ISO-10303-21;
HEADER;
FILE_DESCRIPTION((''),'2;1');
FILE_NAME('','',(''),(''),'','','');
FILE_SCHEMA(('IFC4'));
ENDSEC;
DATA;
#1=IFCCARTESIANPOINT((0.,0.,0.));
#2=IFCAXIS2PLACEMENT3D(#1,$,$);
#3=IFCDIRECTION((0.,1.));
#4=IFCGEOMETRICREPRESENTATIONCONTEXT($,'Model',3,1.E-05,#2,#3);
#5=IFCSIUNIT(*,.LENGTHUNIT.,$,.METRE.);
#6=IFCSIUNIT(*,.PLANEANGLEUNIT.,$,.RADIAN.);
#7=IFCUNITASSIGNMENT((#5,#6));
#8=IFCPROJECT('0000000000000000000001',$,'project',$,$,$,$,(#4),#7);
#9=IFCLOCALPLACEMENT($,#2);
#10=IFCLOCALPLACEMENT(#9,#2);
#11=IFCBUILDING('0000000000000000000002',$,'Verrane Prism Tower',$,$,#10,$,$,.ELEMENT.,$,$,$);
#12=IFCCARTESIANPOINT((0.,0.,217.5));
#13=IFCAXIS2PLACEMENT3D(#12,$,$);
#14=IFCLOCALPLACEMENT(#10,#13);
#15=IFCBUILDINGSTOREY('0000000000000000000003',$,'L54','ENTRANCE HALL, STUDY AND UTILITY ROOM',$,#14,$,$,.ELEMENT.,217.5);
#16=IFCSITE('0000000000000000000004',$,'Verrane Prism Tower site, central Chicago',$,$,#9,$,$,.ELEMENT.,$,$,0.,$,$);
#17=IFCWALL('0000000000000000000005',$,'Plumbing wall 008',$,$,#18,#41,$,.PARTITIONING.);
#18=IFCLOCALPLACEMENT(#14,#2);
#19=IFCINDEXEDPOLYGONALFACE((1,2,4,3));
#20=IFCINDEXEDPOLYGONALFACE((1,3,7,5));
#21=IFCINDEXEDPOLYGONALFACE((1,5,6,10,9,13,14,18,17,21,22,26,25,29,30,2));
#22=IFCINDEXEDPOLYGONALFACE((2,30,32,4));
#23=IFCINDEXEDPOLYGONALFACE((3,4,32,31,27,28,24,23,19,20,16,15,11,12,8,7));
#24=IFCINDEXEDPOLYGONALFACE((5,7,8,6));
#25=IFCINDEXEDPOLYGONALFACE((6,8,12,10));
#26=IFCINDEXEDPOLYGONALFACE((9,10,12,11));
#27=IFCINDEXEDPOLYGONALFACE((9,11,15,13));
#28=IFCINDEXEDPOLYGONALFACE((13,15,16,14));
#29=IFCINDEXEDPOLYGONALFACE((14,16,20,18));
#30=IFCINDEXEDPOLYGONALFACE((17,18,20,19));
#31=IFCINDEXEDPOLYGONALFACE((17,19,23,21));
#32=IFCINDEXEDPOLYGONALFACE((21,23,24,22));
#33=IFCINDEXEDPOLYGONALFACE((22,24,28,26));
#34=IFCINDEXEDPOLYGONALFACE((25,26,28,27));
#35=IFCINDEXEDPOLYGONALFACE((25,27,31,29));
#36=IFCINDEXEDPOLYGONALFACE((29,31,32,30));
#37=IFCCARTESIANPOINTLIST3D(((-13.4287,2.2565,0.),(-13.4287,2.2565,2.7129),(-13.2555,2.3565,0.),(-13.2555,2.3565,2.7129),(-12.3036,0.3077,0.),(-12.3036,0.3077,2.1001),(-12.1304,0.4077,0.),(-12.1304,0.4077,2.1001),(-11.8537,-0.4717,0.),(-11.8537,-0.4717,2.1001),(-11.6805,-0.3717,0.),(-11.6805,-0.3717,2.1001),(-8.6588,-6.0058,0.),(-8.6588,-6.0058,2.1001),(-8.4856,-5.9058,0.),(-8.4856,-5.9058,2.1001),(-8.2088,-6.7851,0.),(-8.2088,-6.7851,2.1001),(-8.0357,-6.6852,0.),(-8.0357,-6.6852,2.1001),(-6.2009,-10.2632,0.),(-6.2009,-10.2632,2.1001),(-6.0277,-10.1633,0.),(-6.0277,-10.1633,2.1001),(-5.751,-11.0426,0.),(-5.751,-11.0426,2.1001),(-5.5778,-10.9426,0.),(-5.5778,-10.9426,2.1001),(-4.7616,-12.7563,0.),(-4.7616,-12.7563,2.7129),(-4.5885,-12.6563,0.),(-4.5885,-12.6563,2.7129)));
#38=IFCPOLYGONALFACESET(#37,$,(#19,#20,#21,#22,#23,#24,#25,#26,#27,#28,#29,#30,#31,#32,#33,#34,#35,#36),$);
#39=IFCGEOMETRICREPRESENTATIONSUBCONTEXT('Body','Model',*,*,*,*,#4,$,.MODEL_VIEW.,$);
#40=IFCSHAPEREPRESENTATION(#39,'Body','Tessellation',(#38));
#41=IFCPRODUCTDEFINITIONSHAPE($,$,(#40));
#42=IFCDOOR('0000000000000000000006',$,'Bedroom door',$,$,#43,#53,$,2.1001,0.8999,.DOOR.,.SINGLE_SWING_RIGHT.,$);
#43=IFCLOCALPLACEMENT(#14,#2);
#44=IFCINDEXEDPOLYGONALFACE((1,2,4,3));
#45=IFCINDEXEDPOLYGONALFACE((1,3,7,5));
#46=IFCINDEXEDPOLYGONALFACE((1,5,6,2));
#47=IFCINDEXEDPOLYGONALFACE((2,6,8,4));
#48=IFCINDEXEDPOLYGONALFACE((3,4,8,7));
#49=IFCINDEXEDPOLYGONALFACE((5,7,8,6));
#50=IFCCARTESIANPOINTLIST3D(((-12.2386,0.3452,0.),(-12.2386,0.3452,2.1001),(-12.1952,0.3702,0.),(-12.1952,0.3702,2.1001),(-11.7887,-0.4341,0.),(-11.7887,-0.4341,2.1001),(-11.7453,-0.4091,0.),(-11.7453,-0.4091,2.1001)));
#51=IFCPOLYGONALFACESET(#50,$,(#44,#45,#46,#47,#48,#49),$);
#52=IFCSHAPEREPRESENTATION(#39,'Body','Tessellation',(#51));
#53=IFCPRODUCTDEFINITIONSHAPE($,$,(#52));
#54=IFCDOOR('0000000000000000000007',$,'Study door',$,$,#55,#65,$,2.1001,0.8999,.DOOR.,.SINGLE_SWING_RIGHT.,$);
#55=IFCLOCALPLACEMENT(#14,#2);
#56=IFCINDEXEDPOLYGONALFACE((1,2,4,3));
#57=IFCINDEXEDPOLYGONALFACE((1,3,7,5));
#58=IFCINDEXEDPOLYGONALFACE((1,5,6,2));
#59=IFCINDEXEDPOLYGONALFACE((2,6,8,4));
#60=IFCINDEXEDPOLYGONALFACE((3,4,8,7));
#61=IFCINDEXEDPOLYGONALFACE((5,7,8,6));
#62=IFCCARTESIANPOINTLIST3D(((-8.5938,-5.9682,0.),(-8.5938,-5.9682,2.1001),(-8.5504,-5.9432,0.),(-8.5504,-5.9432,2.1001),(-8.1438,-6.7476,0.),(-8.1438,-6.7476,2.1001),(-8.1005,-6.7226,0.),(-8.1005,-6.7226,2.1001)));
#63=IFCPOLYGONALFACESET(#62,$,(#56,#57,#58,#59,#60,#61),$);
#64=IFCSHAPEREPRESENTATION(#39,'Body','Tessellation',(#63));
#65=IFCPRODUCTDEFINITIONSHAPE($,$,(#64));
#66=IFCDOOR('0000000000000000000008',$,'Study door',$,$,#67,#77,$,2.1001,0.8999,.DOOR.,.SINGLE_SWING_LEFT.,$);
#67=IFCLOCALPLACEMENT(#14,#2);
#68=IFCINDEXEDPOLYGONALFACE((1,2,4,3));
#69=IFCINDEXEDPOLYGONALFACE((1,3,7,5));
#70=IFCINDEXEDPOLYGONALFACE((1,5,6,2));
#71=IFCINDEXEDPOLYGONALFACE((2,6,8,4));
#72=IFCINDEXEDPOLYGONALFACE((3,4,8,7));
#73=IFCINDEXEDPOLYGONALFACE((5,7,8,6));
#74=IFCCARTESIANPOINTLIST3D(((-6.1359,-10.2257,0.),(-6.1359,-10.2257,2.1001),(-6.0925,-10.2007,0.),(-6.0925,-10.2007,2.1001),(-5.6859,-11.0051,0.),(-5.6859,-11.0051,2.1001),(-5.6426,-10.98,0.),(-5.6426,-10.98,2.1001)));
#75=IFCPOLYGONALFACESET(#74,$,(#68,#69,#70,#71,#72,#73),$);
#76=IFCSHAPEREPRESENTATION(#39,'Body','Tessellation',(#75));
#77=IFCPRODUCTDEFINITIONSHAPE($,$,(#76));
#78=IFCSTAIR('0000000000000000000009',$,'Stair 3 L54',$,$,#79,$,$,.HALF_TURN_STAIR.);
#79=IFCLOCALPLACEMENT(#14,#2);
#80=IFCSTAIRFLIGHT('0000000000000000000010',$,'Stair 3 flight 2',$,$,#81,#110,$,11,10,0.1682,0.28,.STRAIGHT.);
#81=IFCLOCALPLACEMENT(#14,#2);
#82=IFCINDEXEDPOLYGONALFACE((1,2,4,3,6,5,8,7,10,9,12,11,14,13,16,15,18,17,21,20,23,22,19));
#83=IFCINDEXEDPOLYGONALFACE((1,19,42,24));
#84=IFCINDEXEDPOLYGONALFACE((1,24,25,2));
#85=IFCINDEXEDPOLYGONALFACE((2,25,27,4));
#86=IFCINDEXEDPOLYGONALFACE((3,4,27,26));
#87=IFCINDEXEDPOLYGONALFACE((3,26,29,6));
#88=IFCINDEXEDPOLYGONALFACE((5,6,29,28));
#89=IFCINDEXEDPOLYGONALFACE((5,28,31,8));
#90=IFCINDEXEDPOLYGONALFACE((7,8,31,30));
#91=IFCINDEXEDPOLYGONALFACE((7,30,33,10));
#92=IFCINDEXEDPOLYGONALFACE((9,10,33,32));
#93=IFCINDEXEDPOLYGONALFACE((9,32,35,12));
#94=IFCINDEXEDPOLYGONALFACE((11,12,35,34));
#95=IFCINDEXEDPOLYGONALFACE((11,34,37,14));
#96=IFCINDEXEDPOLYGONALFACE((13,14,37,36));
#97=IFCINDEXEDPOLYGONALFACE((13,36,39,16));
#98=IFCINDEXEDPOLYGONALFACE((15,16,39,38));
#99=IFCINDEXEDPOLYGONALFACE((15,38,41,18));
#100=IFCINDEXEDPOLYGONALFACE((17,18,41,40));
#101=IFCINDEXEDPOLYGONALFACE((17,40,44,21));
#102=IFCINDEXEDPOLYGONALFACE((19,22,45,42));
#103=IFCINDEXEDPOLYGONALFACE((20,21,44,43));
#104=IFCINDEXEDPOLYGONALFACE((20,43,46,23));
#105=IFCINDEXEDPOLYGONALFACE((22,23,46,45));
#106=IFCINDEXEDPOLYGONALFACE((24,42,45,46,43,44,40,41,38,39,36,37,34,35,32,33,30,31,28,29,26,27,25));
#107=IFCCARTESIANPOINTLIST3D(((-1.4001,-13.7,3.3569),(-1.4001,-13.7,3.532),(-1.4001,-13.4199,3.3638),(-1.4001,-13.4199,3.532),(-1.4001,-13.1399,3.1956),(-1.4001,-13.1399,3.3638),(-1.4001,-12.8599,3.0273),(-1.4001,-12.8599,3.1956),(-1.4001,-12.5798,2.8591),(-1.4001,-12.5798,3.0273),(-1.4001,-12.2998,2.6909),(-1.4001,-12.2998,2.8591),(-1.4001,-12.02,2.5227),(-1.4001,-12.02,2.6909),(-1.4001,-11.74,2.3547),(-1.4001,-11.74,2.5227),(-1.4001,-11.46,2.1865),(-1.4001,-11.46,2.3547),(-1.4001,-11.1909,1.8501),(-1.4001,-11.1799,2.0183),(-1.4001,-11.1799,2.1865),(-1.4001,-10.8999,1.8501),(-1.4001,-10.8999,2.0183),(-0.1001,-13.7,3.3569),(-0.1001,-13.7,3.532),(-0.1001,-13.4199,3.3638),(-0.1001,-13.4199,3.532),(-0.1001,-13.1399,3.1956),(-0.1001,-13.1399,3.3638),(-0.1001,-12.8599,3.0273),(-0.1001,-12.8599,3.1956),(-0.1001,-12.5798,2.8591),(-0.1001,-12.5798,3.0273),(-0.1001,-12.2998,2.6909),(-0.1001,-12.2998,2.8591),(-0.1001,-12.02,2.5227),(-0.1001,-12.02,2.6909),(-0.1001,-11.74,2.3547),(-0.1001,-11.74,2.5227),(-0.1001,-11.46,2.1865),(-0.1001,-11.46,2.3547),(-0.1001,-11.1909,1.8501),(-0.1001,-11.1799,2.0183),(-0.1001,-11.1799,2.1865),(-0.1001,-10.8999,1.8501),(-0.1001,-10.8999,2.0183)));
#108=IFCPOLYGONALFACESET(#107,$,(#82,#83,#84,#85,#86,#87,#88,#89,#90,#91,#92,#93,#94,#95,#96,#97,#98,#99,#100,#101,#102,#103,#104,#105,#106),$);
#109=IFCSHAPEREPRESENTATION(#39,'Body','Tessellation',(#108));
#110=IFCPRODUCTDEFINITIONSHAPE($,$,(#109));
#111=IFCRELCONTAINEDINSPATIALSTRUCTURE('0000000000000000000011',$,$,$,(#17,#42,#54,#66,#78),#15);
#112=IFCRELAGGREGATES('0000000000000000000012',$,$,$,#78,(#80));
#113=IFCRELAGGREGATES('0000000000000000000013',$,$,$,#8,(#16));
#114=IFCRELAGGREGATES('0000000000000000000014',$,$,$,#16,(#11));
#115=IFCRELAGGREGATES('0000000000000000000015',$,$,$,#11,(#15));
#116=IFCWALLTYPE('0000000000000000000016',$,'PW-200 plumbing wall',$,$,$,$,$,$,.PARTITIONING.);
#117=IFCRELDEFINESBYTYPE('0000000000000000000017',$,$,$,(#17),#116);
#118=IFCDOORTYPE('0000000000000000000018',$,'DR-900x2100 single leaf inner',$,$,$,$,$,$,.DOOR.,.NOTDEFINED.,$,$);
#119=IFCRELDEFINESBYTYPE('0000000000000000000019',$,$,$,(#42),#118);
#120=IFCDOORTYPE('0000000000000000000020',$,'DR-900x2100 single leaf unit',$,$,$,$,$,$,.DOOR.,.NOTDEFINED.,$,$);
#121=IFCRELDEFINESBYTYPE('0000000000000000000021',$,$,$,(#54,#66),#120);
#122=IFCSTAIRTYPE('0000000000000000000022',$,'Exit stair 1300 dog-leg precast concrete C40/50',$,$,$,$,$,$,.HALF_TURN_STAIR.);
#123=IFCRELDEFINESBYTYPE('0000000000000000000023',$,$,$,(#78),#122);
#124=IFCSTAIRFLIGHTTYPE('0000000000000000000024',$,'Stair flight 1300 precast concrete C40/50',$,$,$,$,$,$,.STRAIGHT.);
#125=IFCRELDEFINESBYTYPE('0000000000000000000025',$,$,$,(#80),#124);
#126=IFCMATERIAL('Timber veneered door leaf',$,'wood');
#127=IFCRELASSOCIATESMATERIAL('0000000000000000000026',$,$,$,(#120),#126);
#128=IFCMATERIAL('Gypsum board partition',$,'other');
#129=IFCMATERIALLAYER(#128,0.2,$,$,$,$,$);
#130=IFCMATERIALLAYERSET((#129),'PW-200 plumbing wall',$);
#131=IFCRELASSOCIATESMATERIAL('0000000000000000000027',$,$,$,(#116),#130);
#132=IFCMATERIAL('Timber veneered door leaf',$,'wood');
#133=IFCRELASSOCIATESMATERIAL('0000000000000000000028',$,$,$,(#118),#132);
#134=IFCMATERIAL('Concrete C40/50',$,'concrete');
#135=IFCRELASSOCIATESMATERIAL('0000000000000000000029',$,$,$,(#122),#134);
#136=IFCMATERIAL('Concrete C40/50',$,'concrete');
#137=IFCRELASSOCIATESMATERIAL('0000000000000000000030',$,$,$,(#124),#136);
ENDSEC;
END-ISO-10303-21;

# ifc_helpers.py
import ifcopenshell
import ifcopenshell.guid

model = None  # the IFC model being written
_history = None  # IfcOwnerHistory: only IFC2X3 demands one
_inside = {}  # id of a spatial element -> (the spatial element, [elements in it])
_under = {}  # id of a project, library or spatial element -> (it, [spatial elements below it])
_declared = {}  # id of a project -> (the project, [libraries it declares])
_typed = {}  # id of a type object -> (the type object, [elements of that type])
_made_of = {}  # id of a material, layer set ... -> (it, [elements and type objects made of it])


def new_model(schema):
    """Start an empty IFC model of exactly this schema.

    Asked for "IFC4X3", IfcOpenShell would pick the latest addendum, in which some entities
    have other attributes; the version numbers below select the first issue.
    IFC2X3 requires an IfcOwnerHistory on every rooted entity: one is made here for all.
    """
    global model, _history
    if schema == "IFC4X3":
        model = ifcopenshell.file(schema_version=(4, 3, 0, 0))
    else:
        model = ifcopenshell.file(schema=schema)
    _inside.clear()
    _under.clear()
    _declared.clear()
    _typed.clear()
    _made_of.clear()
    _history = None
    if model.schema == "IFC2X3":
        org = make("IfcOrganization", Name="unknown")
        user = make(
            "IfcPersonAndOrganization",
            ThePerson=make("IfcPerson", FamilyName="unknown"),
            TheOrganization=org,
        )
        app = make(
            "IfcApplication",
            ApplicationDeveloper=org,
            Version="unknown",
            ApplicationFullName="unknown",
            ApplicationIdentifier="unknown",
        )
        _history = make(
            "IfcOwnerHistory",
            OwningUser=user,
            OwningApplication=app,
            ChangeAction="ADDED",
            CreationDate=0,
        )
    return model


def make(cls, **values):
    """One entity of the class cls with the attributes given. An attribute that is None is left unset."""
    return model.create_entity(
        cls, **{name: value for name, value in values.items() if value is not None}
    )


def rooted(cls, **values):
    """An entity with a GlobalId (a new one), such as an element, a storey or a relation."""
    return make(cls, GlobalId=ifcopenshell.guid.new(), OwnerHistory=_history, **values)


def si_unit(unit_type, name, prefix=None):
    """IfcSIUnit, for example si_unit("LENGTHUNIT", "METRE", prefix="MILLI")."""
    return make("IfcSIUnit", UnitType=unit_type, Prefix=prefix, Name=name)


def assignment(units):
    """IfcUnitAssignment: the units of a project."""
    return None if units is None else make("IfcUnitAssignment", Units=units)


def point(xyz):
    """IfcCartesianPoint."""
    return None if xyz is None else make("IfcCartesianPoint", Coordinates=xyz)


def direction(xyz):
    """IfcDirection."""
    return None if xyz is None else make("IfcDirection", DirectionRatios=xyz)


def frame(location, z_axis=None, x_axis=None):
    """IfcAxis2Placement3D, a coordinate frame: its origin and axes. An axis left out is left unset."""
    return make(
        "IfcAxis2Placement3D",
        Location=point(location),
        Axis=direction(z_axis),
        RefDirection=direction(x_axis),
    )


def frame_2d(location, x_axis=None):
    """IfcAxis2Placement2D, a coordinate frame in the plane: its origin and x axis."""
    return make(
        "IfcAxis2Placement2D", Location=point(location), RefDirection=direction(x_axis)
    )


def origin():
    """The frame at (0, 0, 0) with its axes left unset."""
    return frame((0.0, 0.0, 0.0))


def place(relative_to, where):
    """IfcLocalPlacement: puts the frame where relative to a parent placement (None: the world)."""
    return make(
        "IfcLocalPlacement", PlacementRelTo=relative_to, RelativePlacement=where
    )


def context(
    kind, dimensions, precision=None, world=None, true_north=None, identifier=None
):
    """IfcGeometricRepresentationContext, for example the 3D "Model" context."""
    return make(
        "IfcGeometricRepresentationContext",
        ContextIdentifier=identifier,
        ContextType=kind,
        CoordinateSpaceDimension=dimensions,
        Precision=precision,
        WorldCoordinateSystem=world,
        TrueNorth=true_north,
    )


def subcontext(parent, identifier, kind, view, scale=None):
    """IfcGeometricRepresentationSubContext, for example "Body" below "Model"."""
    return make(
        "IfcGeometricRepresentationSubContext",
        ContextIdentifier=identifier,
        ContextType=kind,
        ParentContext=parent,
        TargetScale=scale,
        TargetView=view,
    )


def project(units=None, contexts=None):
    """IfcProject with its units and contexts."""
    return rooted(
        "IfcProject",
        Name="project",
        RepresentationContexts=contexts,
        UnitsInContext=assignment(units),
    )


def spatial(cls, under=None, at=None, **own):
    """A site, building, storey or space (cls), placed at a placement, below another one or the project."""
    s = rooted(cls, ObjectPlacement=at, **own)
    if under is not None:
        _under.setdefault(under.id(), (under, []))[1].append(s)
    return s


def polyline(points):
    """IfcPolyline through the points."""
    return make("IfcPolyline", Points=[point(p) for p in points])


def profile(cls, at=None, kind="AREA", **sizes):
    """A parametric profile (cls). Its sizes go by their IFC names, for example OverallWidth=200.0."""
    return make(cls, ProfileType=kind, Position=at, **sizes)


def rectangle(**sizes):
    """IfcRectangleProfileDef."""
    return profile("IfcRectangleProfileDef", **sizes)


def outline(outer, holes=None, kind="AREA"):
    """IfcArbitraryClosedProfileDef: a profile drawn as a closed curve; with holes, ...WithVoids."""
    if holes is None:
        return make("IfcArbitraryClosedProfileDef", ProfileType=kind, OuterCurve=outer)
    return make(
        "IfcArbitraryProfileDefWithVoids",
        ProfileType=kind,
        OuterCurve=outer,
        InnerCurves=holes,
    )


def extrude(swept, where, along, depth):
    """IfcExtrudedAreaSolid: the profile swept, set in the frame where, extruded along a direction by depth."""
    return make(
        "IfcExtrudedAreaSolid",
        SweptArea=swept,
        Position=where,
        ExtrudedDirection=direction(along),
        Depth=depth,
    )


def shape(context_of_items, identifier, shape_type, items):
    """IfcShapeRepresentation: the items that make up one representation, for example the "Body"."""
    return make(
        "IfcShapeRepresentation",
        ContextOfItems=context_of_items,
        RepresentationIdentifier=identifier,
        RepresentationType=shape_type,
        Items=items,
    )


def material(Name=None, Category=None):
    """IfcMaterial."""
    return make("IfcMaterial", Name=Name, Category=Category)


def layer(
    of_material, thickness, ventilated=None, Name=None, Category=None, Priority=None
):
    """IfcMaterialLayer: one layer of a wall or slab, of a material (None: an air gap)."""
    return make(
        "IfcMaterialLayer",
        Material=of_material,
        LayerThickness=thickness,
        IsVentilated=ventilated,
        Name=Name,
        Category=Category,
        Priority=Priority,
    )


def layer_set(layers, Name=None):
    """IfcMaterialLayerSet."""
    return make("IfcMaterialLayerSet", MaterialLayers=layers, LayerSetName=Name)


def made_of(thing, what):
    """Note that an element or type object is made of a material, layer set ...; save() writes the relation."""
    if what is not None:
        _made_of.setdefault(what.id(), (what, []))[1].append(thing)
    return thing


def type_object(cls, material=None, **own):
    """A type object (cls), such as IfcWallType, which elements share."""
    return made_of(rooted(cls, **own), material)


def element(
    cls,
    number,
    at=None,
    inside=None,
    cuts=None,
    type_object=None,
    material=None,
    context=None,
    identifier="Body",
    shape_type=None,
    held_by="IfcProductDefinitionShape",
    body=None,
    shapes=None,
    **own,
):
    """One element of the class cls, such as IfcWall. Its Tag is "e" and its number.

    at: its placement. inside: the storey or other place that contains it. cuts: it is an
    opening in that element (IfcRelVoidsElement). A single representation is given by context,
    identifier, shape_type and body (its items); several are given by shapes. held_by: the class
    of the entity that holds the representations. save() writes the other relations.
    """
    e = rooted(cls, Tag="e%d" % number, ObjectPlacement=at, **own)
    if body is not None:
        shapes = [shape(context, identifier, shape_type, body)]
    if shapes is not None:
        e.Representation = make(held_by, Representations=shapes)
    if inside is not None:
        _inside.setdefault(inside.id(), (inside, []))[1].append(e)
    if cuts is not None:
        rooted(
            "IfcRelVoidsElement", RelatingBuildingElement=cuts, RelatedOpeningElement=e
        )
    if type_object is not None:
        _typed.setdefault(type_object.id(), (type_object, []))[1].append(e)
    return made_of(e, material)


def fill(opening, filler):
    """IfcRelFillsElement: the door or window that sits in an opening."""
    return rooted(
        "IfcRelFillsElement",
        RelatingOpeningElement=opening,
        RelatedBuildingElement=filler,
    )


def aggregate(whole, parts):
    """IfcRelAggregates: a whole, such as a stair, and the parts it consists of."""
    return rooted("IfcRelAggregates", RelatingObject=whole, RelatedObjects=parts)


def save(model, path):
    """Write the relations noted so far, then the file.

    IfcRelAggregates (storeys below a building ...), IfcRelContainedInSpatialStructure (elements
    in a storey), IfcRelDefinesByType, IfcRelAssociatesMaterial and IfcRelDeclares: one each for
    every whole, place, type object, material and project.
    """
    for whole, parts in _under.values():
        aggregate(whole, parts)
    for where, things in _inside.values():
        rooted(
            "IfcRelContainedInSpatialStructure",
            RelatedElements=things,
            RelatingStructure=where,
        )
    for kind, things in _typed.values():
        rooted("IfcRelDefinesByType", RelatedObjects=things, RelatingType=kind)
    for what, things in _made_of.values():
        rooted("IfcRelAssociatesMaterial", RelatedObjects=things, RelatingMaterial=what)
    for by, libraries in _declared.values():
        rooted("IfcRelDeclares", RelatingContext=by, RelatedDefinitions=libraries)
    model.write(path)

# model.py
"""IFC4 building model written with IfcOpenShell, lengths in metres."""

from ifc_helpers import new_model, si_unit, direction, frame, frame_2d, origin, place, context, subcontext, project, spatial, polyline, rectangle, outline, extrude, material, layer, layer_set, type_object, element, fill, aggregate, save


model = new_model("IFC4")

# Units and contexts
model_context = context("Model", 3, precision=1e-05, world=origin(), true_north=direction((0.0, 1.0)))
body_context = subcontext(model_context, "Body", "Model", "MODEL_VIEW")
ifc_project = project(units=[si_unit("LENGTHUNIT", "METRE"), si_unit("PLANEANGLEUNIT", "RADIAN")], contexts=[model_context])

# Site, building, storey
site_placement = place(None, origin())
site = spatial("IfcSite", under=ifc_project, at=site_placement, Name="Verrane Prism Tower site, central Chicago", CompositionType="ELEMENT", RefElevation=0.0)
building_placement = place(site_placement, origin())
building = spatial("IfcBuilding", under=site, at=building_placement, Name="Verrane Prism Tower", CompositionType="ELEMENT")
storey_placement = place(building_placement, frame((0.0, 0.0, 217.5)))
storey = spatial("IfcBuildingStorey", under=building, at=storey_placement, Name="L54", Description="ENTRANCE HALL, STUDY AND UTILITY ROOM", CompositionType="ELEMENT", Elevation=217.5)

# Shared definitions
ifc_material_1 = material(Name="Timber veneered door leaf", Category="wood")
door_type_1 = type_object("IfcDoorType", Name="DR-900x2100 single leaf unit", OperationType="NOTDEFINED", PredefinedType="DOOR", material=ifc_material_1)

# Wall, openings, doors
ifc_material_2 = material(Name="Gypsum board partition", Category="other")
ifc_layer_1 = layer(ifc_material_2, 0.2)
ifc_layer_set_1 = layer_set([ifc_layer_1], Name="PW-200 plumbing wall")
wall_type_1 = type_object("IfcWallType", Name="PW-200 plumbing wall", PredefinedType="PARTITIONING", material=ifc_layer_set_1)
wall_1_placement = place(storey_placement, frame((-4.675, -12.7063, 0.0), z_axis=(0.0, 0.0, 1.0), x_axis=(-0.499974, 0.86604, 0.0)))
wall_1 = element("IfcWall", 1, at=wall_1_placement, inside=storey, type_object=wall_type_1, Name="Plumbing wall 008", PredefinedType="PARTITIONING", context=body_context, shape_type="SweptSolid", body=[
    extrude(rectangle(XDim=17.335, YDim=0.2, at=frame_2d((8.6675, 0.0))), origin(), (0.0, 0.0, 1.0), 2.7129),
])
opening_1_placement = place(wall_1_placement, frame((14.1848, 0.0, 0.0)))
opening_1 = element("IfcOpeningElement", 2, at=opening_1_placement, cuts=wall_1, PredefinedType="OPENING", context=body_context, shape_type="SweptSolid", body=[
    extrude(rectangle(XDim=0.8999, YDim=2.1001, at=frame_2d((0.45, 1.05))), frame((0.0, 0.1099, 0.0), z_axis=(0.0, -1.0, 0.0), x_axis=(1.0, 0.0, 0.0)), (0.0, 0.0, 1.0), 0.22),
])
opening_2_placement = place(wall_1_placement, frame((6.8948, 0.0, 0.0)))
opening_2 = element("IfcOpeningElement", 3, at=opening_2_placement, cuts=wall_1, PredefinedType="OPENING", context=body_context, shape_type="SweptSolid", body=[
    extrude(rectangle(XDim=0.8999, YDim=2.1001, at=frame_2d((0.45, 1.05))), frame((0.0, 0.1099, 0.0), z_axis=(0.0, -1.0, 0.0), x_axis=(1.0, 0.0, 0.0)), (0.0, 0.0, 1.0), 0.22),
])
opening_3_placement = place(wall_1_placement, frame((1.9788, 0.0, 0.0)))
opening_3 = element("IfcOpeningElement", 4, at=opening_3_placement, cuts=wall_1, PredefinedType="OPENING", context=body_context, shape_type="SweptSolid", body=[
    extrude(rectangle(XDim=0.8999, YDim=2.1001, at=frame_2d((0.45, 1.05))), frame((0.0, 0.1099, 0.0), z_axis=(0.0, -1.0, 0.0), x_axis=(1.0, 0.0, 0.0)), (0.0, 0.0, 1.0), 0.22),
])
ifc_material_3 = material(Name="Timber veneered door leaf", Category="wood")
door_type_2 = type_object("IfcDoorType", Name="DR-900x2100 single leaf inner", OperationType="NOTDEFINED", PredefinedType="DOOR", material=ifc_material_3)
door_1_placement = place(opening_1_placement, origin())
door_1 = element("IfcDoor", 5, at=door_1_placement, inside=storey, type_object=door_type_2, Name="Bedroom door", OperationType="SINGLE_SWING_RIGHT", OverallHeight=2.1001, OverallWidth=0.8999, PredefinedType="DOOR", context=body_context, shape_type="SweptSolid", body=[
    extrude(rectangle(XDim=0.8999, YDim=2.1001, at=frame_2d((0.45, 1.05))), frame((0.0, 0.0249, 0.0), z_axis=(0.0, -1.0, 0.0), x_axis=(1.0, 0.0, 0.0)), (0.0, 0.0, 1.0), 0.05),
])
fill(opening_1, door_1)
door_2_placement = place(opening_2_placement, origin())
door_2 = element("IfcDoor", 6, at=door_2_placement, inside=storey, type_object=door_type_1, Name="Study door", OperationType="SINGLE_SWING_RIGHT", OverallHeight=2.1001, OverallWidth=0.8999, PredefinedType="DOOR", context=body_context, shape_type="SweptSolid", body=[
    extrude(rectangle(XDim=0.8999, YDim=2.1001, at=frame_2d((0.45, 1.05))), frame((0.0, 0.0249, 0.0), z_axis=(0.0, -1.0, 0.0), x_axis=(1.0, 0.0, 0.0)), (0.0, 0.0, 1.0), 0.05),
])
fill(opening_2, door_2)
door_3_placement = place(opening_3_placement, origin())
door_3 = element("IfcDoor", 7, at=door_3_placement, inside=storey, type_object=door_type_1, Name="Study door", OperationType="SINGLE_SWING_LEFT", OverallHeight=2.1001, OverallWidth=0.8999, PredefinedType="DOOR", context=body_context, shape_type="SweptSolid", body=[
    extrude(rectangle(XDim=0.8999, YDim=2.1001, at=frame_2d((0.45, 1.05))), frame((0.0, 0.0249, 0.0), z_axis=(0.0, -1.0, 0.0), x_axis=(1.0, 0.0, 0.0)), (0.0, 0.0, 1.0), 0.05),
])
fill(opening_3, door_3)

# Stair, stair flight
ifc_material_4 = material(Name="Concrete C40/50", Category="concrete")
stair_type = type_object("IfcStairType", Name="Exit stair 1300 dog-leg precast concrete C40/50", PredefinedType="HALF_TURN_STAIR", material=ifc_material_4)
stair_placement = place(storey_placement, origin())
stair = element("IfcStair", 8, at=stair_placement, inside=storey, type_object=stair_type, Name="Stair 3 L54", PredefinedType="HALF_TURN_STAIR")
ifc_material_5 = material(Name="Concrete C40/50", Category="concrete")
stair_flight_type = type_object("IfcStairFlightType", Name="Stair flight 1300 precast concrete C40/50", PredefinedType="STRAIGHT", material=ifc_material_5)
stair_flight_placement = place(storey_placement, frame((-0.75, -10.8999, 1.8501), z_axis=(0.0, 0.0, 1.0), x_axis=(0.0, -1.0, 0.0)))
stair_flight = element("IfcStairFlight", 9, at=stair_flight_placement, type_object=stair_flight_type, Name="Stair 3 flight 2", NumberOfRisers=11, NumberOfTreads=10, PredefinedType="STRAIGHT", RiserHeight=0.1682, TreadLength=0.28, context=body_context, shape_type="SweptSolid", body=[
    extrude(outline(polyline([(0.0, 0.0), (0.0, 0.1682), (0.28, 0.1682), (0.28, 0.3364), (0.5601, 0.3364), (0.5601, 0.5046), (0.8401, 0.5046), (0.8401, 0.6726), (1.1201, 0.6726), (1.1201, 0.8408), (1.3999, 0.8408), (1.3999, 1.009), (1.6799, 1.009), (1.6799, 1.1772), (1.96, 1.1772), (1.96, 1.3455), (2.24, 1.3455), (2.24, 1.5137), (2.52, 1.5137), (2.52, 1.6819), (2.8, 1.6819), (2.8, 1.8501), (2.8, 1.5068), (0.291, 0.0), (0.0, 0.0)])), frame((0.0, 0.6499, 0.0), z_axis=(0.0, -1.0, 0.0), x_axis=(1.0, 0.0, 0.0)), (0.0, 0.0, 1.0), 1.3),
])
aggregate(stair, [stair_flight])

save(model, "model.ifc")
